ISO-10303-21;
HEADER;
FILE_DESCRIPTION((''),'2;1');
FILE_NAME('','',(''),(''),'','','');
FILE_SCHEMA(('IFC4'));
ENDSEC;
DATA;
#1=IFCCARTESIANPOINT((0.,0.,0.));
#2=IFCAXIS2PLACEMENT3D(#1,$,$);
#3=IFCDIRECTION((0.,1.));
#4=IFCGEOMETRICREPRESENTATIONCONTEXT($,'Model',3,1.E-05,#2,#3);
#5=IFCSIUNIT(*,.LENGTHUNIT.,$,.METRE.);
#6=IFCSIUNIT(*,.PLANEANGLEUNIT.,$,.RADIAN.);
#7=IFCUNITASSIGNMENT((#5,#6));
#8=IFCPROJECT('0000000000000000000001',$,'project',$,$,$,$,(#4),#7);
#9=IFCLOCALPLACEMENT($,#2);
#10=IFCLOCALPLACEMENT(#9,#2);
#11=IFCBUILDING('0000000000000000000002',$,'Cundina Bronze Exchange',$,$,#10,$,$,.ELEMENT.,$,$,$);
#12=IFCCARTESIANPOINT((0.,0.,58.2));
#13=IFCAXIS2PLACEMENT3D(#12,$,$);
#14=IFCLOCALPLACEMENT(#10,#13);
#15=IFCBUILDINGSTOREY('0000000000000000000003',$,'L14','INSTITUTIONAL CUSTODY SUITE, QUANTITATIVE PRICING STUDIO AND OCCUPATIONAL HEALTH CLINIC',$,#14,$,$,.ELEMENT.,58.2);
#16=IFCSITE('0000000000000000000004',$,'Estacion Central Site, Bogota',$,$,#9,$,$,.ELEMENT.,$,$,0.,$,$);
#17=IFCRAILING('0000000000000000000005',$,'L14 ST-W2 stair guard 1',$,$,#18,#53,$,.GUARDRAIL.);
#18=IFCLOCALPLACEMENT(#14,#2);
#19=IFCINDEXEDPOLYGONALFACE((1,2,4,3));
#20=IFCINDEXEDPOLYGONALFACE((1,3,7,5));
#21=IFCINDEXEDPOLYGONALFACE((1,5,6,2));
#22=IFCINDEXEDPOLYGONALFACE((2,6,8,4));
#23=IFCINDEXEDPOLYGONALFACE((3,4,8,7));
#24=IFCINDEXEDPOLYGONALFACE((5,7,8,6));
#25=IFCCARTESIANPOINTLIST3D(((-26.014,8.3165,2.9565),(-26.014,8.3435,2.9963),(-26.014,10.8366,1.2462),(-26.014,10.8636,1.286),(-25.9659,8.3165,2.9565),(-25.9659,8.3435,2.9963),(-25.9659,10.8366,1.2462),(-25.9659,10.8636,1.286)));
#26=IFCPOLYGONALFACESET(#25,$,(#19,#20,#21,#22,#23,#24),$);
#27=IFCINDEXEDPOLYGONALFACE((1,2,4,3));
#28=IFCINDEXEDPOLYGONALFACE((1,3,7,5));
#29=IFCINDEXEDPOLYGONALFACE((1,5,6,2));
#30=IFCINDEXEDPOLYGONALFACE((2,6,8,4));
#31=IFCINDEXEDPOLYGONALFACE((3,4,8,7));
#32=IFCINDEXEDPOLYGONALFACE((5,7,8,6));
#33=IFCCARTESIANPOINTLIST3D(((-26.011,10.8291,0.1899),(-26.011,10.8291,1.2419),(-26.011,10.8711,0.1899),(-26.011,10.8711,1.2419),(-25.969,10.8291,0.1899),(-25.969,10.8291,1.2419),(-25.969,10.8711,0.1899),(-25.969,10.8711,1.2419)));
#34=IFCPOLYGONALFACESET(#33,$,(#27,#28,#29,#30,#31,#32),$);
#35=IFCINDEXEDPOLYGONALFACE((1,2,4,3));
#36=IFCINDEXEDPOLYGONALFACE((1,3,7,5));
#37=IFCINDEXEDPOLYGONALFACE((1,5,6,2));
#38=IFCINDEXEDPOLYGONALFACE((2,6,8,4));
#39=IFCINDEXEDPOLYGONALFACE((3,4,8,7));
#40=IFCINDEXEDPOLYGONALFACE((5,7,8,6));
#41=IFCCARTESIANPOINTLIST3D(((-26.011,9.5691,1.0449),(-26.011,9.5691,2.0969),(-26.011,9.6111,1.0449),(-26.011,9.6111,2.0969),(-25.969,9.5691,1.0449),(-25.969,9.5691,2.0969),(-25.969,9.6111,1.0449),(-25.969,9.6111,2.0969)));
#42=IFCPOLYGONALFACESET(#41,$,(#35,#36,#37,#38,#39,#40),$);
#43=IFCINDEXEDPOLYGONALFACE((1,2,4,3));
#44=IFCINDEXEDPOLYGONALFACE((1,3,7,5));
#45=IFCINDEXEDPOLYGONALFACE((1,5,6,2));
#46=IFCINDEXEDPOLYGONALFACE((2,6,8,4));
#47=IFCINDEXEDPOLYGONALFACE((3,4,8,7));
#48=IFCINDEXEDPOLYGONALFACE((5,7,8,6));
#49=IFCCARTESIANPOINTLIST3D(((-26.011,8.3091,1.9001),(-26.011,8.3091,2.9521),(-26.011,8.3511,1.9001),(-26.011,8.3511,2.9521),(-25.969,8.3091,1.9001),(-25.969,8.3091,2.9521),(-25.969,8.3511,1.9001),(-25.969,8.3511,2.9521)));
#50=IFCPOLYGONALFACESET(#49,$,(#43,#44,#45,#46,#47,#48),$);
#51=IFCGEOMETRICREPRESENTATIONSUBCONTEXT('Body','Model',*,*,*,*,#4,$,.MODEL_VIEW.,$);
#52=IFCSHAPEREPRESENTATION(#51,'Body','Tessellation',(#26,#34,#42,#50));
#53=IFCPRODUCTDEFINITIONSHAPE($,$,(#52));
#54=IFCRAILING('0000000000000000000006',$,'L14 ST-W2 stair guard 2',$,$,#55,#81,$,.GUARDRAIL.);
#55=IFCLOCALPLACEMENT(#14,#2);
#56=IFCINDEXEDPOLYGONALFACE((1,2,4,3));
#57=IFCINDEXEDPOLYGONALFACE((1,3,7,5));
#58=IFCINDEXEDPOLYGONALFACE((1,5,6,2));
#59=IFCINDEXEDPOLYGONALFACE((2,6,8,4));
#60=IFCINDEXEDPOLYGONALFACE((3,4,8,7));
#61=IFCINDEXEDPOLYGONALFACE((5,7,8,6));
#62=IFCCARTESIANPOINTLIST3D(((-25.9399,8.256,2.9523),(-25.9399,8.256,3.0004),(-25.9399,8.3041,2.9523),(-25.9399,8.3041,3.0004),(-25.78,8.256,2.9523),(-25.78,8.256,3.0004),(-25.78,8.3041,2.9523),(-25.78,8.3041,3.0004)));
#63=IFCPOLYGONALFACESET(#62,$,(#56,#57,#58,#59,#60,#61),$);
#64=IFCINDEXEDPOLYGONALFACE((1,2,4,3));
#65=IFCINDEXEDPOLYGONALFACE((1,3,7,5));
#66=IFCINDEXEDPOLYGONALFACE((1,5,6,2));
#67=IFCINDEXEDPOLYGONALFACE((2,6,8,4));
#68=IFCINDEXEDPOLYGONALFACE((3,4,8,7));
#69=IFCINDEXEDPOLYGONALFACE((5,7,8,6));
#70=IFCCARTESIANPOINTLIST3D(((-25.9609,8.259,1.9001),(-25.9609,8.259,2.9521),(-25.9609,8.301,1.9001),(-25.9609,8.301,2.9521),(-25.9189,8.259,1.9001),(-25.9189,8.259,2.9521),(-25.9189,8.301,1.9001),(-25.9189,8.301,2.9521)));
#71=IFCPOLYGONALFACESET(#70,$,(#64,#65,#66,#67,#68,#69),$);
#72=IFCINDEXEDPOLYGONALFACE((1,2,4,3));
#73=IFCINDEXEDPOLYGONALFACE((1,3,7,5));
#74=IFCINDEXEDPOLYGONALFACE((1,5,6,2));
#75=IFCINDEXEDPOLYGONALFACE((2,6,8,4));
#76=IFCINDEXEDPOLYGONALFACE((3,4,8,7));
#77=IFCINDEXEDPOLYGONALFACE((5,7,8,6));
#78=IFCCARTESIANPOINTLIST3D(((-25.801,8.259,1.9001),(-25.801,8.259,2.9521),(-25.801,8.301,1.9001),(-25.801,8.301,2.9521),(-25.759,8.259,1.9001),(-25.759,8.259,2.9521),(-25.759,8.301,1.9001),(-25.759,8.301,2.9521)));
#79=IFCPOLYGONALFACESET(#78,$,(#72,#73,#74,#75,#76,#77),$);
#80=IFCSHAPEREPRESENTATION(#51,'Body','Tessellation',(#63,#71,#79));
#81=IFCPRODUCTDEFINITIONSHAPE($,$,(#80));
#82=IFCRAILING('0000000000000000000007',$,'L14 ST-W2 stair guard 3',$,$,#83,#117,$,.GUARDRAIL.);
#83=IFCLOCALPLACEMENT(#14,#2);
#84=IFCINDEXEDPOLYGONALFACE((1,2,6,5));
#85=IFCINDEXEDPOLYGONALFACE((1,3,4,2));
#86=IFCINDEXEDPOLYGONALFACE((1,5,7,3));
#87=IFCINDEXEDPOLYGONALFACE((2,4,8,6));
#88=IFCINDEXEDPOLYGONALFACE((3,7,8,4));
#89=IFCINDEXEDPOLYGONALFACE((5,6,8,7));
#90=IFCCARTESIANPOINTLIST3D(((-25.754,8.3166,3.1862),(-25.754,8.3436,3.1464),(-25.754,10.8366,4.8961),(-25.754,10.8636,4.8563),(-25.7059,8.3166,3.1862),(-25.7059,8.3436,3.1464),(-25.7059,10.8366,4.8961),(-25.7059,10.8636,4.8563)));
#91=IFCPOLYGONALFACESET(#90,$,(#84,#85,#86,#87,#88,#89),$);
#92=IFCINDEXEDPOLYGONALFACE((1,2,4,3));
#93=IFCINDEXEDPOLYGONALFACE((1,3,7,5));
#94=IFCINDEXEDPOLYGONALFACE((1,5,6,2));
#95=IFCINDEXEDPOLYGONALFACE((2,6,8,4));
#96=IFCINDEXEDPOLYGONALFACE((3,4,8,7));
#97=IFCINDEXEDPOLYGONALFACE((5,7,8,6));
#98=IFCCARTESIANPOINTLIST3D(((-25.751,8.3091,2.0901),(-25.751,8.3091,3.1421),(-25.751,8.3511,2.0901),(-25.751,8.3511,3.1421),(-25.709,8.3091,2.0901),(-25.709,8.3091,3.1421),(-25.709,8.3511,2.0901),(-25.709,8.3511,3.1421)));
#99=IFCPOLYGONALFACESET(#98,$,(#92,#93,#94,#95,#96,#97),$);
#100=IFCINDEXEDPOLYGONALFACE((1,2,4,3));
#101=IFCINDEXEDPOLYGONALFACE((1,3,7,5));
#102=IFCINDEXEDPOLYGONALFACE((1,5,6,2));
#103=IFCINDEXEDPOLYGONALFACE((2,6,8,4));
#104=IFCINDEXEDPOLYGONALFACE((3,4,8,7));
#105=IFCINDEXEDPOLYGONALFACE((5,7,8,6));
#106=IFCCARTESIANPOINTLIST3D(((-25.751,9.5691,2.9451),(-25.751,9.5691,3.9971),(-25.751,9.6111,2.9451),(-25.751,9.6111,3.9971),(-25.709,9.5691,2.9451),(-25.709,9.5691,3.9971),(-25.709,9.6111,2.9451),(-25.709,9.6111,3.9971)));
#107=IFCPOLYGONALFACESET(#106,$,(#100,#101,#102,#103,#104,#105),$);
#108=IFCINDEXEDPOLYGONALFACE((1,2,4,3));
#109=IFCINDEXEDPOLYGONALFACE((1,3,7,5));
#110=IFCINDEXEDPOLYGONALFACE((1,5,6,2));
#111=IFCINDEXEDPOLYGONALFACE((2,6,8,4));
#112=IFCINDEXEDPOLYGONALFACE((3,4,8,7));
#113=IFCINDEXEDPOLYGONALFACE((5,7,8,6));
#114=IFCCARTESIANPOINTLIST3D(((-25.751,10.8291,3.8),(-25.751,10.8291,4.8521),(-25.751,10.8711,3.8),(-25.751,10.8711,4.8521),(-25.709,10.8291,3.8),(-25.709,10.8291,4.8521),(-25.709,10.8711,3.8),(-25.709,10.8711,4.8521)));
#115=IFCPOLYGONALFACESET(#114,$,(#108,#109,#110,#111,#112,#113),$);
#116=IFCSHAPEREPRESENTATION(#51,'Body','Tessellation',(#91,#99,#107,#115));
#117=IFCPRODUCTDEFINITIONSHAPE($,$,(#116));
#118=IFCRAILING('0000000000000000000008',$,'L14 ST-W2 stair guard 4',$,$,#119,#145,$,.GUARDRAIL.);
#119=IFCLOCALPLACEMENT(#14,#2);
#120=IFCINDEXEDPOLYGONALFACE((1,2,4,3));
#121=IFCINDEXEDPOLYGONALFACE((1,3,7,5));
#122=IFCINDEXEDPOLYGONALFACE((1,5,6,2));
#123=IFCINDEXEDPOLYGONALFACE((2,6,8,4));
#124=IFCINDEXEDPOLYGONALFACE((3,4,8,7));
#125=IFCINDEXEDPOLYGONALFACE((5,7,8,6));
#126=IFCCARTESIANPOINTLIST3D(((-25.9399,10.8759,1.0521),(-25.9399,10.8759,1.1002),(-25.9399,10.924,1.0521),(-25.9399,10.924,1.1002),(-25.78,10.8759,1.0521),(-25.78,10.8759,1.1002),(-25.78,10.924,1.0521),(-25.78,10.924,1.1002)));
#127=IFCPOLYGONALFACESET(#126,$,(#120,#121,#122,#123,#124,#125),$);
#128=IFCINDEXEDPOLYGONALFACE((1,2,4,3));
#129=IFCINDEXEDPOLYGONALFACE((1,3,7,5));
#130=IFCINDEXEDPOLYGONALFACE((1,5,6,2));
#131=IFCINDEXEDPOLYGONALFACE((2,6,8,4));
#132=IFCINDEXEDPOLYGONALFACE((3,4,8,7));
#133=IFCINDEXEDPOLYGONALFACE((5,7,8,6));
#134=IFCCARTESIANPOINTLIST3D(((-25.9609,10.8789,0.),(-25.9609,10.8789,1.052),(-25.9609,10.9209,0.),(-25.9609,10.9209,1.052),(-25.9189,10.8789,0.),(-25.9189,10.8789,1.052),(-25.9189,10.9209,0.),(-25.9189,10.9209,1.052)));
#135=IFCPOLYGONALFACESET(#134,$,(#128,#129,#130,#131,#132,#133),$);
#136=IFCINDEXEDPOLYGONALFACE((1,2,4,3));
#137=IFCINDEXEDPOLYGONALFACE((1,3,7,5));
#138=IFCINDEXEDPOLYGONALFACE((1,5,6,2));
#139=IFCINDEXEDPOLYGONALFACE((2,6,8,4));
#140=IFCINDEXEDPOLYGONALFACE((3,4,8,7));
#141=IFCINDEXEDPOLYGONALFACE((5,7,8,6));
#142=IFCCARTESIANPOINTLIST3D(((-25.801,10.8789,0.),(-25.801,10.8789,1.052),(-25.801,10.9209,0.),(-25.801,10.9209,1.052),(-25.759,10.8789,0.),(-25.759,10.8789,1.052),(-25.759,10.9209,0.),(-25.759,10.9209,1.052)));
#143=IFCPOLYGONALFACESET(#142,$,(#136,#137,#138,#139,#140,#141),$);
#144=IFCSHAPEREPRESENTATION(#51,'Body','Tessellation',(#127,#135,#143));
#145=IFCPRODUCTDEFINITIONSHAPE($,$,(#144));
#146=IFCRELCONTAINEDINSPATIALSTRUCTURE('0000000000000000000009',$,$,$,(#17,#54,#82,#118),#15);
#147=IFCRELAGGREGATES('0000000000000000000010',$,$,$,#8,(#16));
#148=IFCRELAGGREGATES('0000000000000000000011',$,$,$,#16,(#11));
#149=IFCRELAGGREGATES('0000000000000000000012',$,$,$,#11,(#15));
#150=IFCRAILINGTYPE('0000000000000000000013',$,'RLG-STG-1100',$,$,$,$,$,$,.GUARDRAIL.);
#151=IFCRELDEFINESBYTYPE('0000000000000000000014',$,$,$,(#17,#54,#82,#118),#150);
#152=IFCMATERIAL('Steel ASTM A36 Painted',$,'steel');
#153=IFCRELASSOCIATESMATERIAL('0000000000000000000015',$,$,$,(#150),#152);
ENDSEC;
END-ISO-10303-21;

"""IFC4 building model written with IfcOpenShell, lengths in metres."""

from ifc_helpers import new_model, si_unit, direction, frame, origin, origin_2d, place, context, subcontext, project, spatial, rectangle, extrude, material, type_object, element, save


model = new_model("IFC4")

# Units and contexts
model_context = context("Model", 3, precision=1e-05, world=origin(), true_north=direction((0.0, 1.0)))
body_context = subcontext(model_context, "Body", "Model", "MODEL_VIEW")
ifc_project = project(units=[si_unit("LENGTHUNIT", "METRE"), si_unit("PLANEANGLEUNIT", "RADIAN")], contexts=[model_context])

# Site, building, storey
site_placement = place(None, origin())
site = spatial("IfcSite", under=ifc_project, at=site_placement, Name="Estacion Central Site, Bogota", CompositionType="ELEMENT", RefElevation=0.0)
building_placement = place(site_placement, origin())
building = spatial("IfcBuilding", under=site, at=building_placement, Name="Cundina Bronze Exchange", CompositionType="ELEMENT")
storey_placement = place(building_placement, frame((0.0, 0.0, 58.2)))
storey = spatial("IfcBuildingStorey", under=building, at=storey_placement, Name="L14", Description="INSTITUTIONAL CUSTODY SUITE, QUANTITATIVE PRICING STUDIO AND OCCUPATIONAL HEALTH CLINIC", CompositionType="ELEMENT", Elevation=58.2)

# Shared definitions
ifc_material_1 = material(Name="Steel ASTM A36 Painted", Category="steel")

# Railings
railing_type_1 = type_object("IfcRailingType", Name="RLG-STG-1100", PredefinedType="GUARDRAIL", material=ifc_material_1)
railing_1_placement = place(storey_placement, frame((-25.99, 10.8501, 0.1899)))
element("IfcRailing", 1, at=railing_1_placement, inside=storey, type_object=railing_type_1, Name="L14 ST-W2 stair guard 1", PredefinedType="GUARDRAIL", context=body_context, shape_type="SweptSolid", body=[
    extrude(rectangle(XDim=0.0481, YDim=0.0481, at=origin_2d()), frame((0.0, 0.0, 1.0762), z_axis=(0.0, -0.827447, 0.561545), x_axis=(1.0, 0.0, 0.0)), (0.0, 0.0, 1.0), 3.0457),
    extrude(rectangle(XDim=0.042, YDim=0.042, at=origin_2d()), origin(), (0.0, 0.0, 1.0), 1.052),
    extrude(rectangle(XDim=0.042, YDim=0.042, at=origin_2d()), frame((0.0, -1.26, 0.855)), (0.0, 0.0, 1.0), 1.052),
    extrude(rectangle(XDim=0.042, YDim=0.042, at=origin_2d()), frame((0.0, -2.52, 1.7102)), (0.0, 0.0, 1.0), 1.052),
])
railing_2_placement = place(storey_placement, frame((-25.9399, 8.28, 1.9001)))
element("IfcRailing", 2, at=railing_2_placement, inside=storey, type_object=railing_type_1, Name="L14 ST-W2 stair guard 2", PredefinedType="GUARDRAIL", context=body_context, shape_type="SweptSolid", body=[
    extrude(rectangle(XDim=0.0481, YDim=0.0481, at=origin_2d()), frame((0.0, 0.0, 1.0762), z_axis=(1.0, 0.0, 0.0), x_axis=(0.0, 1.0, 0.0)), (0.0, 0.0, 1.0), 0.1599),
    extrude(rectangle(XDim=0.042, YDim=0.042, at=origin_2d()), origin(), (0.0, 0.0, 1.0), 1.052),
    extrude(rectangle(XDim=0.042, YDim=0.042, at=origin_2d()), frame((0.1599, 0.0, 0.0)), (0.0, 0.0, 1.0), 1.052),
])
railing_3_placement = place(storey_placement, frame((-25.73, 8.3301, 2.0901)))
element("IfcRailing", 3, at=railing_3_placement, inside=storey, type_object=railing_type_1, Name="L14 ST-W2 stair guard 3", PredefinedType="GUARDRAIL", context=body_context, shape_type="SweptSolid", body=[
    extrude(rectangle(XDim=0.0481, YDim=0.0481, at=origin_2d()), frame((0.0, 0.0, 1.0762), z_axis=(0.0, 0.827484, 0.56149), x_axis=(-1.0, 0.0, 0.0)), (0.0, 0.0, 1.0), 3.0454),
    extrude(rectangle(XDim=0.042, YDim=0.042, at=origin_2d()), origin(), (0.0, 0.0, 1.0), 1.052),
    extrude(rectangle(XDim=0.042, YDim=0.042, at=origin_2d()), frame((0.0, 1.26, 0.855)), (0.0, 0.0, 1.0), 1.052),
    extrude(rectangle(XDim=0.042, YDim=0.042, at=origin_2d()), frame((0.0, 2.52, 1.71)), (0.0, 0.0, 1.0), 1.052),
])
railing_4_placement = place(storey_placement, frame((-25.9399, 10.8999, 0.0)))
element("IfcRailing", 4, at=railing_4_placement, inside=storey, type_object=railing_type_1, Name="L14 ST-W2 stair guard 4", PredefinedType="GUARDRAIL", context=body_context, shape_type="SweptSolid", body=[
    extrude(rectangle(XDim=0.0481, YDim=0.0481, at=origin_2d()), frame((0.0, 0.0, 1.0762), z_axis=(1.0, 0.0, 0.0), x_axis=(0.0, 1.0, 0.0)), (0.0, 0.0, 1.0), 0.1599),
    extrude(rectangle(XDim=0.042, YDim=0.042, at=origin_2d()), origin(), (0.0, 0.0, 1.0), 1.052),
    extrude(rectangle(XDim=0.042, YDim=0.042, at=origin_2d()), frame((0.1599, 0.0, 0.0)), (0.0, 0.0, 1.0), 1.052),
])

save(model, "model.ifc")
